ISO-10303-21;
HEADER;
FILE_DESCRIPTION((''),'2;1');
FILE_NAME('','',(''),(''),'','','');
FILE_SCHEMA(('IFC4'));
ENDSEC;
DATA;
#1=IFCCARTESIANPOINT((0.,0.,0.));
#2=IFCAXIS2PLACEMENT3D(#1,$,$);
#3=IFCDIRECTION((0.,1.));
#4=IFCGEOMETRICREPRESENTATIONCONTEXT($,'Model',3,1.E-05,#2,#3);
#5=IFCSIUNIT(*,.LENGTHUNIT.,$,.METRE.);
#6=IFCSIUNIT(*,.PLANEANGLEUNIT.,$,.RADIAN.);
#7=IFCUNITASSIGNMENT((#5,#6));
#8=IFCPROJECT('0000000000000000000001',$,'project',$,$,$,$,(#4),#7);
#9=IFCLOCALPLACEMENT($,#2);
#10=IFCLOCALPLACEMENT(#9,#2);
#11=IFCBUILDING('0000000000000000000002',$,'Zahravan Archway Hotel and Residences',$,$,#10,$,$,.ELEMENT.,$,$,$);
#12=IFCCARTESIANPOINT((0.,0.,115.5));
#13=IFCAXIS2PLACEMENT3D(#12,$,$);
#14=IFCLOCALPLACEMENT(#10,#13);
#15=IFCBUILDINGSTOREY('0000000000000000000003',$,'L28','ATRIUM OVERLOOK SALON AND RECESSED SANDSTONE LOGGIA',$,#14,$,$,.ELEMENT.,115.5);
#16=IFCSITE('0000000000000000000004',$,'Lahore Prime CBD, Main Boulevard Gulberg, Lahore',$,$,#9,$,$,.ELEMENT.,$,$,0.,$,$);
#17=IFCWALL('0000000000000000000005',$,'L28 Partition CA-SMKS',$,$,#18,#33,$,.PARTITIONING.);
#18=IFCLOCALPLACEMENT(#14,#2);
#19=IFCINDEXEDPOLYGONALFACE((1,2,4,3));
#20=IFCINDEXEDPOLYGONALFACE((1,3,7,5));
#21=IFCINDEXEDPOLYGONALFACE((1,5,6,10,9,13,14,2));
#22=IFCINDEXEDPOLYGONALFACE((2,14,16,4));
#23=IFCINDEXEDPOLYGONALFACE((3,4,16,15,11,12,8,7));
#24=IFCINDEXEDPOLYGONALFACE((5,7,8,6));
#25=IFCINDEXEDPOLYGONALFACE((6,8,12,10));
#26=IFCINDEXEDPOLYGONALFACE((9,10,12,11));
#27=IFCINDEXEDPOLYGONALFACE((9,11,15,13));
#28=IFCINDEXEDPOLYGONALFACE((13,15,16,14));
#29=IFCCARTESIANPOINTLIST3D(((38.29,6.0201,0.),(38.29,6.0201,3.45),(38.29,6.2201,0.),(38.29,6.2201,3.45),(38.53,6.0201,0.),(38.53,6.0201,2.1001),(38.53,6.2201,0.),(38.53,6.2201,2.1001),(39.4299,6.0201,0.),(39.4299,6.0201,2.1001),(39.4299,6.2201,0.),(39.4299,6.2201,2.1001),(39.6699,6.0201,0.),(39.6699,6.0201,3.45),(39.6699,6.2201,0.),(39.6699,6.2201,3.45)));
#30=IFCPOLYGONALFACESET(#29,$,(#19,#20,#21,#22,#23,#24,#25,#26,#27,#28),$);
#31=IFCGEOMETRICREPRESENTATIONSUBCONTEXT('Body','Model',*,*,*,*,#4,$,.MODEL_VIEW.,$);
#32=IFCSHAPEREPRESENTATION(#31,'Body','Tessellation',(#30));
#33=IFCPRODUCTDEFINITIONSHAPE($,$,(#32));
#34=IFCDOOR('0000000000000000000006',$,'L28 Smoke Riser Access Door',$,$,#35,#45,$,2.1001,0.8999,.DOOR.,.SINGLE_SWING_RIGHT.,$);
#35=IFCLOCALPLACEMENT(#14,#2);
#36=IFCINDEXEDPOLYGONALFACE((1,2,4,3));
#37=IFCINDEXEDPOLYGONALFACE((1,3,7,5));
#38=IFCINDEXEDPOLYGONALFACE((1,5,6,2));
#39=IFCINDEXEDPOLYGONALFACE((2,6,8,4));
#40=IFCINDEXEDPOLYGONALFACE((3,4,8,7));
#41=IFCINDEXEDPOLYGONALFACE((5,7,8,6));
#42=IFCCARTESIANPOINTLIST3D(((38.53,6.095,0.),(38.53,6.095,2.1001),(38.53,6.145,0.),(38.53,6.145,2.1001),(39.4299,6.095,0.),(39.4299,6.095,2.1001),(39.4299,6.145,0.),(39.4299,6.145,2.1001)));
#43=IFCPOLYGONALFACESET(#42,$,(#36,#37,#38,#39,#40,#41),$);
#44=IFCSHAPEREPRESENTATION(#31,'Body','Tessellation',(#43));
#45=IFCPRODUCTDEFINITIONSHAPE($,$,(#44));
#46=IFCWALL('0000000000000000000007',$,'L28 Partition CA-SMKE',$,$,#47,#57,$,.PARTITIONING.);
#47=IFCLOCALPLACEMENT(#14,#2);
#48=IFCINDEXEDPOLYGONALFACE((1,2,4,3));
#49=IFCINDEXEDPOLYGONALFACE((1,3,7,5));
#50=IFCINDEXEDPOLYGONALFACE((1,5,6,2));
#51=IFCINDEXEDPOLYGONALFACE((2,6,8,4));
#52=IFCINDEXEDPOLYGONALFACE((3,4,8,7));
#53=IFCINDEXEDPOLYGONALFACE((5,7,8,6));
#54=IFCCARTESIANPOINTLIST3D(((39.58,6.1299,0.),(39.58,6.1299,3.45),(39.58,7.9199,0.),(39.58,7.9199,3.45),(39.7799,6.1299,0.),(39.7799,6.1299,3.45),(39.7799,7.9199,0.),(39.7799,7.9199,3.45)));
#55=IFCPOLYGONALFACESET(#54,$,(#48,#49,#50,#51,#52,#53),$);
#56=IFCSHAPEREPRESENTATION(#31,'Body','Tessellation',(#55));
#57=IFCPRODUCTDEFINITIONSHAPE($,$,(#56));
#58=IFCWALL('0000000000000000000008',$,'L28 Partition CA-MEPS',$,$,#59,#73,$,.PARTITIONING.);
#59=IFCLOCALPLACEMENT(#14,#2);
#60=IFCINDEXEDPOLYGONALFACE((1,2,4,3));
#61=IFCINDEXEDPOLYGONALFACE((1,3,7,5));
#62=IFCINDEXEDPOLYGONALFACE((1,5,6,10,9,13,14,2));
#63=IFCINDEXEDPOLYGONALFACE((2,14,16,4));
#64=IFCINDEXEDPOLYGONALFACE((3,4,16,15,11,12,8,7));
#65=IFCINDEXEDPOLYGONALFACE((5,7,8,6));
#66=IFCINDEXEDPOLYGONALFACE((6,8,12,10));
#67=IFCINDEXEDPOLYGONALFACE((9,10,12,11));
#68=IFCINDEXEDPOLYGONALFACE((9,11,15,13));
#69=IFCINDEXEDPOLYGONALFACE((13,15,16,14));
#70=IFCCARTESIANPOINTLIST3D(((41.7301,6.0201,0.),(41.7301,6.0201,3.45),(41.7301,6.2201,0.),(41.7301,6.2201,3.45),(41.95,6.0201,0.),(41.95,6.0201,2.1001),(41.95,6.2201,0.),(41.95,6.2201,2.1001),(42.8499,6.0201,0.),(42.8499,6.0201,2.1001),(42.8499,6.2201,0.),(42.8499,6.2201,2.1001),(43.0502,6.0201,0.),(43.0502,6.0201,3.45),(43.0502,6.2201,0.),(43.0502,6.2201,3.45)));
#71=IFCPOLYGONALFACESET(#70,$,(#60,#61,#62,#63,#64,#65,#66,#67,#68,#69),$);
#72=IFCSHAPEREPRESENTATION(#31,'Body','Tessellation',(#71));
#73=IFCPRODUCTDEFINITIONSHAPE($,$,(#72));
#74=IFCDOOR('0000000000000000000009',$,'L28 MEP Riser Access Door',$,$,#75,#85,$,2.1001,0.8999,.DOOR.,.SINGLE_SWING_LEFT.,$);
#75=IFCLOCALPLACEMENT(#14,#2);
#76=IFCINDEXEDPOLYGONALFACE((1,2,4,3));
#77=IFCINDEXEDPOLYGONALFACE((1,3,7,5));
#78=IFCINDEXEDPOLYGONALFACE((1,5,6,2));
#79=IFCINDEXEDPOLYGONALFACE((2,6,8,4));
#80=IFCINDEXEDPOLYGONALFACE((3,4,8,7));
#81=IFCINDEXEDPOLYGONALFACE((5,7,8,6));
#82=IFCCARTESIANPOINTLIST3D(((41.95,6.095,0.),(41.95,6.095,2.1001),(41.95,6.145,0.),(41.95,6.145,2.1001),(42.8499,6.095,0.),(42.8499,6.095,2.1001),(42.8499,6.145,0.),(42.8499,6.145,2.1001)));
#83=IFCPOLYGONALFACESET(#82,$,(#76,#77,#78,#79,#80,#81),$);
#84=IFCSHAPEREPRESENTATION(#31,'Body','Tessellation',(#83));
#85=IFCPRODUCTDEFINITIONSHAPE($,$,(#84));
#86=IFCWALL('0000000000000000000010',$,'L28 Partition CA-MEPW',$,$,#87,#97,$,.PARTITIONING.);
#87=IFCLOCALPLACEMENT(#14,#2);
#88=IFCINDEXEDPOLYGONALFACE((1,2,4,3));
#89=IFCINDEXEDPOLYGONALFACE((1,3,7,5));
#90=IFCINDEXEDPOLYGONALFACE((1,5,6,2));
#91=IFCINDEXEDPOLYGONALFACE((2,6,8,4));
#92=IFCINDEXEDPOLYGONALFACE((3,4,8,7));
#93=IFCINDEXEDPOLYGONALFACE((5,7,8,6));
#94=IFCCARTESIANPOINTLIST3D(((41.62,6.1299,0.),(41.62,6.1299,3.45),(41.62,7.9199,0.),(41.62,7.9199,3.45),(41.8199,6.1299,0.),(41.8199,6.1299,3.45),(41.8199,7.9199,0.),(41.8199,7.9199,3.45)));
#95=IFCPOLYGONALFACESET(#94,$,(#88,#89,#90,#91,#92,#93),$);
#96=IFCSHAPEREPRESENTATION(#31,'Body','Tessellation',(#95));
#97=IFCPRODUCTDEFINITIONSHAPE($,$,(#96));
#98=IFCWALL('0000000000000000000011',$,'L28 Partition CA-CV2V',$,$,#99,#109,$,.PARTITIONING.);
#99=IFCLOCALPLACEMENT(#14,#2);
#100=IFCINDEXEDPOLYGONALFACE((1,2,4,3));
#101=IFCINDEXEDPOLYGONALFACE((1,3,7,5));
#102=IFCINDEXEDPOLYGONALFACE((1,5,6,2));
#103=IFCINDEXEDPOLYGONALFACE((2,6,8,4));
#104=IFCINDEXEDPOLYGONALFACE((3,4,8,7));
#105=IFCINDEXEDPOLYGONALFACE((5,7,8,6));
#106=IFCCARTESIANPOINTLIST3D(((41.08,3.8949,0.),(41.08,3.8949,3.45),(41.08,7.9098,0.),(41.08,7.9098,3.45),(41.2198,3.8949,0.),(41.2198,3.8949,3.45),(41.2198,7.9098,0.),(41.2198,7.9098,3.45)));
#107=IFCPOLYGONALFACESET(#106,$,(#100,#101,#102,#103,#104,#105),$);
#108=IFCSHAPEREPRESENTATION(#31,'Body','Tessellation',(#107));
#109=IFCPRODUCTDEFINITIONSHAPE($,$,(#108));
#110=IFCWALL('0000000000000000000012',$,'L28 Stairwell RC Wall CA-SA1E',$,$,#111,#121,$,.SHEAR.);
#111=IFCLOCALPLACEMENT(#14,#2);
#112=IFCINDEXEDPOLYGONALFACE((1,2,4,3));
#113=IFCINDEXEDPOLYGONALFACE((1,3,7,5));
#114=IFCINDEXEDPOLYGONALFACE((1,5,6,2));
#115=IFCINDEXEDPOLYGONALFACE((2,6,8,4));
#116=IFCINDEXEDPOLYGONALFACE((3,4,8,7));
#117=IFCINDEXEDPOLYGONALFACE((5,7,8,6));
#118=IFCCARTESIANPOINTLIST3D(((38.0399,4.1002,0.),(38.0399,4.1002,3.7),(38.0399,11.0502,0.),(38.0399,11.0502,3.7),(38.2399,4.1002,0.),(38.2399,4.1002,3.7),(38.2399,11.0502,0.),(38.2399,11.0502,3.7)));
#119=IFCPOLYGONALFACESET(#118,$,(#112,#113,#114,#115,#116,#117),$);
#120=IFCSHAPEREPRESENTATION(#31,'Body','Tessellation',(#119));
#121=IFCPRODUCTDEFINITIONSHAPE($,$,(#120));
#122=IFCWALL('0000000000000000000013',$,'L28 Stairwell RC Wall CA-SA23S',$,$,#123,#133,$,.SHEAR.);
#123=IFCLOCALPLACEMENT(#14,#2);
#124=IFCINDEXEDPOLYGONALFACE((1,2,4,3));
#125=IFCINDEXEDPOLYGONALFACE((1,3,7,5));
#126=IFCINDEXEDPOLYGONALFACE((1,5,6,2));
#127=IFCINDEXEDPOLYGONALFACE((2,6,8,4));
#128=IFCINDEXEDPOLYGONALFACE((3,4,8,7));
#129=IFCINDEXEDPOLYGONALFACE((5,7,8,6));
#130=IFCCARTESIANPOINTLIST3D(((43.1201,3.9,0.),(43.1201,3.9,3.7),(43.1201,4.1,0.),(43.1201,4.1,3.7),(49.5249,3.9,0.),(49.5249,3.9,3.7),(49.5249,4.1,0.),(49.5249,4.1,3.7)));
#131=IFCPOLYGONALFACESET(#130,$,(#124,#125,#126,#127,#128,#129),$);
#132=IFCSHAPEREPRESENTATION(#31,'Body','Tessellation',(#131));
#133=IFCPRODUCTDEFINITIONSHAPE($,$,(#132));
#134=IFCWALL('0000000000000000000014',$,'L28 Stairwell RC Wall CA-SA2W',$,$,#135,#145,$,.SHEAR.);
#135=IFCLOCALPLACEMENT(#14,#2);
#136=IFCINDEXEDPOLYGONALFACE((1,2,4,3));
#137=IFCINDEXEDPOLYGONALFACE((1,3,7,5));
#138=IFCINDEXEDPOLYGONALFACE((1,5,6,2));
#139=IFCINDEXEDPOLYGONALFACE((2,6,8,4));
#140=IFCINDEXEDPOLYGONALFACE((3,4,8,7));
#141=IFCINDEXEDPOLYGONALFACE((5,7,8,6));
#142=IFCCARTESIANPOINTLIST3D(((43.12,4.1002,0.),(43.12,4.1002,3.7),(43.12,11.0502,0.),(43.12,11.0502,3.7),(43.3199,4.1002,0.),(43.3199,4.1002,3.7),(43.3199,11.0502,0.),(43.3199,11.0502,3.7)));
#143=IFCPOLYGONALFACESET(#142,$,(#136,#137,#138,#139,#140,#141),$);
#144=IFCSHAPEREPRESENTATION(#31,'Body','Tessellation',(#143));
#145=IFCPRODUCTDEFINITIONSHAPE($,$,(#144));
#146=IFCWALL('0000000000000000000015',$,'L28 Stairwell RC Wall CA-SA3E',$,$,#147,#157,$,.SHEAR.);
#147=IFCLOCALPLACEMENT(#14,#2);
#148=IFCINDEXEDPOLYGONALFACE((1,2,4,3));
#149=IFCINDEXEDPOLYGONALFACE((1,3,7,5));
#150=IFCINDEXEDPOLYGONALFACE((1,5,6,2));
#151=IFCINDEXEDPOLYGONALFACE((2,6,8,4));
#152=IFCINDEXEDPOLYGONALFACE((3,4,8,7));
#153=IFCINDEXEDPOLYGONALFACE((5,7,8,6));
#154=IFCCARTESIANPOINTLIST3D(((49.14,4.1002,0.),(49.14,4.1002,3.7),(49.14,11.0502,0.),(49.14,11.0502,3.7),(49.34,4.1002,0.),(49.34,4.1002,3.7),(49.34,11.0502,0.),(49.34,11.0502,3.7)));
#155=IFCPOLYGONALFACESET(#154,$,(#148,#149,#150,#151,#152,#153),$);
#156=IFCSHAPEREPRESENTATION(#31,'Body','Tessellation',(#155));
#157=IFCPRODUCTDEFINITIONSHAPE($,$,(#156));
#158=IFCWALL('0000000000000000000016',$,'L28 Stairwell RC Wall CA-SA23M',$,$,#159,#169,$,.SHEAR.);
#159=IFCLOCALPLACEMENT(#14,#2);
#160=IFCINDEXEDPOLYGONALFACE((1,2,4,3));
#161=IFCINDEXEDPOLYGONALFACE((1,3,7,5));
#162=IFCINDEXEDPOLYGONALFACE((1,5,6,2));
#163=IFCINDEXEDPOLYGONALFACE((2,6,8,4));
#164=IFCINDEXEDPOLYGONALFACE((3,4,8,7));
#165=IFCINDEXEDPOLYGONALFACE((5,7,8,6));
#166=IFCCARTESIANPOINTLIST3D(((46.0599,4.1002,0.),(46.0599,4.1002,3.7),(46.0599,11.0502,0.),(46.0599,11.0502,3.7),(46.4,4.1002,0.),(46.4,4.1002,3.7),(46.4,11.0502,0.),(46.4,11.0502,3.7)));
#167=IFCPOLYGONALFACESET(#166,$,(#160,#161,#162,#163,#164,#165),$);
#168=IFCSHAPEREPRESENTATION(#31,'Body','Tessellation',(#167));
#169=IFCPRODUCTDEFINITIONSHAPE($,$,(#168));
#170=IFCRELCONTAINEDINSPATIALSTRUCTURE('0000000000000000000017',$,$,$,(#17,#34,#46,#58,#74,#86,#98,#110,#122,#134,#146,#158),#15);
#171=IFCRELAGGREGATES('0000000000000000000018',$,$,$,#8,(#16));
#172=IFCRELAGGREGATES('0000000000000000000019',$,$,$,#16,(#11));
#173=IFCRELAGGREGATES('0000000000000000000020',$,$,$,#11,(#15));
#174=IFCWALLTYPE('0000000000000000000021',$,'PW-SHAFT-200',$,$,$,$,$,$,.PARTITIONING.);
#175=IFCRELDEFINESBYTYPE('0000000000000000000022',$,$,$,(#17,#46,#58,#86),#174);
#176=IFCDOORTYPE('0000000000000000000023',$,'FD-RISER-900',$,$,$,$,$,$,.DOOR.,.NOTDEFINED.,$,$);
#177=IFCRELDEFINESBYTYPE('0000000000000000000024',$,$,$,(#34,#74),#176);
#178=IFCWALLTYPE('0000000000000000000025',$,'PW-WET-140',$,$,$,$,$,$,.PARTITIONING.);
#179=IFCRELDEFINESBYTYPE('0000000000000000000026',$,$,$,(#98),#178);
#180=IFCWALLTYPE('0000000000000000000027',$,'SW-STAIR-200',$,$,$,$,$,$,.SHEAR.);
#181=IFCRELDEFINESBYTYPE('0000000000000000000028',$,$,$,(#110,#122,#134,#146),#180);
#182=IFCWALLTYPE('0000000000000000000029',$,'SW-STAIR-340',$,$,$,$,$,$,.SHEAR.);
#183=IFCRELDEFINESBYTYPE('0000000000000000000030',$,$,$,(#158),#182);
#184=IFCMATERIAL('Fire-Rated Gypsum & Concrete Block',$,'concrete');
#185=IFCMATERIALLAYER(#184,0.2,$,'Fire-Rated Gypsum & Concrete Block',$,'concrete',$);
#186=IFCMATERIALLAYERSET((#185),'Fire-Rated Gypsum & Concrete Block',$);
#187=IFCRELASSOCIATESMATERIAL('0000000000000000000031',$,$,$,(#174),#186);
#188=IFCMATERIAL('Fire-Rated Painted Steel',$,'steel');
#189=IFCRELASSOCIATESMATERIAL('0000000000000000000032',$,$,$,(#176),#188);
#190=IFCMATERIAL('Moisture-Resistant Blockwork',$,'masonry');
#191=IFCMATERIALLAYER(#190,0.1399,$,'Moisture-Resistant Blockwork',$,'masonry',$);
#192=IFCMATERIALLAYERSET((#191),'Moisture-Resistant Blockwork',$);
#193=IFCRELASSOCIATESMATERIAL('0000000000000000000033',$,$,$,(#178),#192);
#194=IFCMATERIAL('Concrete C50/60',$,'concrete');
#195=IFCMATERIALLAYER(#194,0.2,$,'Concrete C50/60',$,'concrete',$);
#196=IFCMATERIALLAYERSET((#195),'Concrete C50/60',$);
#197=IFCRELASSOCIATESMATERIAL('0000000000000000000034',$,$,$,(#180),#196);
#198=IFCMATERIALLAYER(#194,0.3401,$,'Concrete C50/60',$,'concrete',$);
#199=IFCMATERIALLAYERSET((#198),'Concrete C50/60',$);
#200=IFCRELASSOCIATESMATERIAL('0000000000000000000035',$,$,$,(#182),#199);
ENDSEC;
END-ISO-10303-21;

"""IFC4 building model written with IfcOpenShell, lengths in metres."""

from ifc_helpers import new_model, si_unit, direction, frame, frame_2d, origin, place, context, subcontext, project, spatial, rectangle, extrude, source, transform, mapped, material, layer, layer_set, type_object, type_shapes, element, fill, save


model = new_model("IFC4")

# Units and contexts
model_context = context("Model", 3, precision=1e-05, world=origin(), true_north=direction((0.0, 1.0)))
body_context = subcontext(model_context, "Body", "Model", "MODEL_VIEW")
ifc_project = project(units=[si_unit("LENGTHUNIT", "METRE"), si_unit("PLANEANGLEUNIT", "RADIAN")], contexts=[model_context])

# Site, building, storey
site_placement = place(None, origin())
site = spatial("IfcSite", under=ifc_project, at=site_placement, Name="Lahore Prime CBD, Main Boulevard Gulberg, Lahore", CompositionType="ELEMENT", RefElevation=0.0)
building_placement = place(site_placement, origin())
building = spatial("IfcBuilding", under=site, at=building_placement, Name="Zahravan Archway Hotel and Residences", CompositionType="ELEMENT")
storey_placement = place(building_placement, frame((0.0, 0.0, 115.5)))
storey = spatial("IfcBuildingStorey", under=building, at=storey_placement, Name="L28", Description="ATRIUM OVERLOOK SALON AND RECESSED SANDSTONE LOGGIA", CompositionType="ELEMENT", Elevation=115.5)

# Wall, opening, door
ifc_material_1 = material(Name="Fire-Rated Gypsum & Concrete Block", Category="concrete")
ifc_layer_1 = layer(ifc_material_1, 0.2, Name="Fire-Rated Gypsum & Concrete Block", Category="concrete")
ifc_layer_set_1 = layer_set([ifc_layer_1], Name="Fire-Rated Gypsum & Concrete Block")
wall_type_1 = type_object("IfcWallType", Name="PW-SHAFT-200", PredefinedType="PARTITIONING", material=ifc_layer_set_1)
wall_1_placement = place(storey_placement, frame((38.29, 6.1201, 0.0), z_axis=(0.0, 0.0, 1.0), x_axis=(1.0, 0.0, 0.0)))
wall_1 = element("IfcWall", 1, at=wall_1_placement, inside=storey, type_object=wall_type_1, Name="L28 Partition CA-SMKS", PredefinedType="PARTITIONING", context=body_context, shape_type="SweptSolid", body=[
    extrude(rectangle(XDim=1.3799, YDim=0.2, at=frame_2d((0.6899, 0.0))), origin(), (0.0, 0.0, 1.0), 3.45),
])
opening_1_placement = place(wall_1_placement, frame((0.24, 0.0, 0.0)))
opening_1 = element("IfcOpeningElement", 2, at=opening_1_placement, cuts=wall_1, PredefinedType="OPENING", context=body_context, shape_type="SweptSolid", body=[
    extrude(rectangle(XDim=0.8999, YDim=2.1001, at=frame_2d((0.45, 1.05))), frame((0.0, 0.1099, 0.0), z_axis=(0.0, -1.0, 0.0), x_axis=(1.0, 0.0, 0.0)), (0.0, 0.0, 1.0), 0.22),
])
ifc_material_2 = material(Name="Fire-Rated Painted Steel", Category="steel")
door_type = type_object("IfcDoorType", Name="FD-RISER-900", OperationType="NOTDEFINED", PredefinedType="DOOR", material=ifc_material_2)
shared_shape_1 = source(origin(), body_context, "Body", "SweptSolid", [
    extrude(rectangle(XDim=0.8999, YDim=2.1001, at=frame_2d((0.45, 1.05))), frame((0.0, 0.0249, 0.0), z_axis=(0.0, -1.0, 0.0), x_axis=(1.0, 0.0, 0.0)), (0.0, 0.0, 1.0), 0.05),
])
type_shapes(door_type, [shared_shape_1])
door_1_placement = place(opening_1_placement, origin())
door_1 = element("IfcDoor", 3, at=door_1_placement, inside=storey, type_object=door_type, Name="L28 Smoke Riser Access Door", OperationType="SINGLE_SWING_RIGHT", OverallHeight=2.1001, OverallWidth=0.8999, PredefinedType="DOOR", context=body_context, shape_type="MappedRepresentation", body=[
    mapped(shared_shape_1, transform((0.0, 0.0, 0.0), scale=1.0)),
])
fill(opening_1, door_1)

# Wall
wall_2_placement = place(storey_placement, frame((39.6799, 6.1299, 0.0), z_axis=(0.0, 0.0, 1.0), x_axis=(0.0, 1.0, 0.0)))
element("IfcWall", 4, at=wall_2_placement, inside=storey, type_object=wall_type_1, Name="L28 Partition CA-SMKE", PredefinedType="PARTITIONING", context=body_context, shape_type="SweptSolid", body=[
    extrude(rectangle(XDim=1.79, YDim=0.2, at=frame_2d((0.895, 0.0))), origin(), (0.0, 0.0, 1.0), 3.45),
])

# Wall, opening, door
wall_3_placement = place(storey_placement, frame((41.73, 6.1201, 0.0), z_axis=(0.0, 0.0, 1.0), x_axis=(1.0, 0.0, 0.0)))
wall_3 = element("IfcWall", 5, at=wall_3_placement, inside=storey, type_object=wall_type_1, Name="L28 Partition CA-MEPS", PredefinedType="PARTITIONING", context=body_context, shape_type="SweptSolid", body=[
    extrude(rectangle(XDim=1.3201, YDim=0.2, at=frame_2d((0.6602, 0.0))), origin(), (0.0, 0.0, 1.0), 3.45),
])
opening_2_placement = place(wall_3_placement, frame((0.22, 0.0, 0.0)))
opening_2 = element("IfcOpeningElement", 6, at=opening_2_placement, cuts=wall_3, PredefinedType="OPENING", context=body_context, shape_type="SweptSolid", body=[
    extrude(rectangle(XDim=0.8999, YDim=2.1001, at=frame_2d((0.45, 1.05))), frame((0.0, 0.1099, 0.0), z_axis=(0.0, -1.0, 0.0), x_axis=(1.0, 0.0, 0.0)), (0.0, 0.0, 1.0), 0.22),
])
door_2_placement = place(opening_2_placement, origin())
door_2 = element("IfcDoor", 7, at=door_2_placement, inside=storey, type_object=door_type, Name="L28 MEP Riser Access Door", OperationType="SINGLE_SWING_LEFT", OverallHeight=2.1001, OverallWidth=0.8999, PredefinedType="DOOR", context=body_context, shape_type="MappedRepresentation", body=[
    mapped(shared_shape_1, transform((0.0, 0.0, 0.0), scale=1.0)),
])
fill(opening_2, door_2)

# Walls
wall_4_placement = place(storey_placement, frame((41.72, 6.1299, 0.0), z_axis=(0.0, 0.0, 1.0), x_axis=(0.0, 1.0, 0.0)))
element("IfcWall", 8, at=wall_4_placement, inside=storey, type_object=wall_type_1, Name="L28 Partition CA-MEPW", PredefinedType="PARTITIONING", context=body_context, shape_type="SweptSolid", body=[
    extrude(rectangle(XDim=1.79, YDim=0.2, at=frame_2d((0.895, 0.0))), origin(), (0.0, 0.0, 1.0), 3.45),
])
ifc_material_3 = material(Name="Moisture-Resistant Blockwork", Category="masonry")
ifc_layer_2 = layer(ifc_material_3, 0.1399, Name="Moisture-Resistant Blockwork", Category="masonry")
ifc_layer_set_2 = layer_set([ifc_layer_2], Name="Moisture-Resistant Blockwork")
wall_type_2 = type_object("IfcWallType", Name="PW-WET-140", PredefinedType="PARTITIONING", material=ifc_layer_set_2)
wall_5_placement = place(storey_placement, frame((41.1499, 3.895, 0.0), z_axis=(0.0, 0.0, 1.0), x_axis=(0.0, 1.0, 0.0)))
element("IfcWall", 9, at=wall_5_placement, inside=storey, type_object=wall_type_2, Name="L28 Partition CA-CV2V", PredefinedType="PARTITIONING", context=body_context, shape_type="SweptSolid", body=[
    extrude(rectangle(XDim=4.0149, YDim=0.1399, at=frame_2d((2.0073, 0.0))), origin(), (0.0, 0.0, 1.0), 3.45),
])
ifc_material_4 = material(Name="Concrete C50/60", Category="concrete")
ifc_layer_3 = layer(ifc_material_4, 0.2, Name="Concrete C50/60", Category="concrete")
ifc_layer_set_3 = layer_set([ifc_layer_3], Name="Concrete C50/60")
wall_type_3 = type_object("IfcWallType", Name="SW-STAIR-200", PredefinedType="SHEAR", material=ifc_layer_set_3)
wall_6_placement = place(storey_placement, frame((38.1399, 4.1001, 0.0), z_axis=(0.0, 0.0, 1.0), x_axis=(0.0, 1.0, 0.0)))
element("IfcWall", 10, at=wall_6_placement, inside=storey, type_object=wall_type_3, Name="L28 Stairwell RC Wall CA-SA1E", PredefinedType="SHEAR", context=body_context, shape_type="SweptSolid", body=[
    extrude(rectangle(XDim=6.95, YDim=0.2, at=frame_2d((3.4751, 0.0))), origin(), (0.0, 0.0, 1.0), 3.7),
])
wall_7_placement = place(storey_placement, frame((43.1201, 4.0, 0.0), z_axis=(0.0, 0.0, 1.0), x_axis=(1.0, 0.0, 0.0)))
element("IfcWall", 11, at=wall_7_placement, inside=storey, type_object=wall_type_3, Name="L28 Stairwell RC Wall CA-SA23S", PredefinedType="SHEAR", context=body_context, shape_type="SweptSolid", body=[
    extrude(rectangle(XDim=6.4048, YDim=0.2, at=frame_2d((3.2024, 0.0))), origin(), (0.0, 0.0, 1.0), 3.7),
])
for number, where, z_axis, x_axis, name in (
    (12, (43.22, 4.1001, 0.0), (0.0, 0.0, 1.0), (0.0, 1.0, 0.0), "L28 Stairwell RC Wall CA-SA2W"),
    (13, (49.24, 4.1001, 0.0), (0.0, 0.0, 1.0), (0.0, 1.0, 0.0), "L28 Stairwell RC Wall CA-SA3E"),
):
    element("IfcWall", number, at=place(storey_placement, frame(where, z_axis=z_axis, x_axis=x_axis)), inside=storey, type_object=wall_type_3, Name=name, PredefinedType="SHEAR", context=body_context, shape_type="SweptSolid", body=[
        extrude(rectangle(XDim=6.95, YDim=0.2, at=frame_2d((3.4751, 0.0))), origin(), (0.0, 0.0, 1.0), 3.7),
    ])
ifc_layer_4 = layer(ifc_material_4, 0.3401, Name="Concrete C50/60", Category="concrete")
ifc_layer_set_4 = layer_set([ifc_layer_4], Name="Concrete C50/60")
wall_type_4 = type_object("IfcWallType", Name="SW-STAIR-340", PredefinedType="SHEAR", material=ifc_layer_set_4)
wall_8_placement = place(storey_placement, frame((46.23, 4.1001, 0.0), z_axis=(0.0, 0.0, 1.0), x_axis=(0.0, 1.0, 0.0)))
element("IfcWall", 14, at=wall_8_placement, inside=storey, type_object=wall_type_4, Name="L28 Stairwell RC Wall CA-SA23M", PredefinedType="SHEAR", context=body_context, shape_type="SweptSolid", body=[
    extrude(rectangle(XDim=6.95, YDim=0.3401, at=frame_2d((3.4751, 0.0))), origin(), (0.0, 0.0, 1.0), 3.7),
])

save(model, "model.ifc")
